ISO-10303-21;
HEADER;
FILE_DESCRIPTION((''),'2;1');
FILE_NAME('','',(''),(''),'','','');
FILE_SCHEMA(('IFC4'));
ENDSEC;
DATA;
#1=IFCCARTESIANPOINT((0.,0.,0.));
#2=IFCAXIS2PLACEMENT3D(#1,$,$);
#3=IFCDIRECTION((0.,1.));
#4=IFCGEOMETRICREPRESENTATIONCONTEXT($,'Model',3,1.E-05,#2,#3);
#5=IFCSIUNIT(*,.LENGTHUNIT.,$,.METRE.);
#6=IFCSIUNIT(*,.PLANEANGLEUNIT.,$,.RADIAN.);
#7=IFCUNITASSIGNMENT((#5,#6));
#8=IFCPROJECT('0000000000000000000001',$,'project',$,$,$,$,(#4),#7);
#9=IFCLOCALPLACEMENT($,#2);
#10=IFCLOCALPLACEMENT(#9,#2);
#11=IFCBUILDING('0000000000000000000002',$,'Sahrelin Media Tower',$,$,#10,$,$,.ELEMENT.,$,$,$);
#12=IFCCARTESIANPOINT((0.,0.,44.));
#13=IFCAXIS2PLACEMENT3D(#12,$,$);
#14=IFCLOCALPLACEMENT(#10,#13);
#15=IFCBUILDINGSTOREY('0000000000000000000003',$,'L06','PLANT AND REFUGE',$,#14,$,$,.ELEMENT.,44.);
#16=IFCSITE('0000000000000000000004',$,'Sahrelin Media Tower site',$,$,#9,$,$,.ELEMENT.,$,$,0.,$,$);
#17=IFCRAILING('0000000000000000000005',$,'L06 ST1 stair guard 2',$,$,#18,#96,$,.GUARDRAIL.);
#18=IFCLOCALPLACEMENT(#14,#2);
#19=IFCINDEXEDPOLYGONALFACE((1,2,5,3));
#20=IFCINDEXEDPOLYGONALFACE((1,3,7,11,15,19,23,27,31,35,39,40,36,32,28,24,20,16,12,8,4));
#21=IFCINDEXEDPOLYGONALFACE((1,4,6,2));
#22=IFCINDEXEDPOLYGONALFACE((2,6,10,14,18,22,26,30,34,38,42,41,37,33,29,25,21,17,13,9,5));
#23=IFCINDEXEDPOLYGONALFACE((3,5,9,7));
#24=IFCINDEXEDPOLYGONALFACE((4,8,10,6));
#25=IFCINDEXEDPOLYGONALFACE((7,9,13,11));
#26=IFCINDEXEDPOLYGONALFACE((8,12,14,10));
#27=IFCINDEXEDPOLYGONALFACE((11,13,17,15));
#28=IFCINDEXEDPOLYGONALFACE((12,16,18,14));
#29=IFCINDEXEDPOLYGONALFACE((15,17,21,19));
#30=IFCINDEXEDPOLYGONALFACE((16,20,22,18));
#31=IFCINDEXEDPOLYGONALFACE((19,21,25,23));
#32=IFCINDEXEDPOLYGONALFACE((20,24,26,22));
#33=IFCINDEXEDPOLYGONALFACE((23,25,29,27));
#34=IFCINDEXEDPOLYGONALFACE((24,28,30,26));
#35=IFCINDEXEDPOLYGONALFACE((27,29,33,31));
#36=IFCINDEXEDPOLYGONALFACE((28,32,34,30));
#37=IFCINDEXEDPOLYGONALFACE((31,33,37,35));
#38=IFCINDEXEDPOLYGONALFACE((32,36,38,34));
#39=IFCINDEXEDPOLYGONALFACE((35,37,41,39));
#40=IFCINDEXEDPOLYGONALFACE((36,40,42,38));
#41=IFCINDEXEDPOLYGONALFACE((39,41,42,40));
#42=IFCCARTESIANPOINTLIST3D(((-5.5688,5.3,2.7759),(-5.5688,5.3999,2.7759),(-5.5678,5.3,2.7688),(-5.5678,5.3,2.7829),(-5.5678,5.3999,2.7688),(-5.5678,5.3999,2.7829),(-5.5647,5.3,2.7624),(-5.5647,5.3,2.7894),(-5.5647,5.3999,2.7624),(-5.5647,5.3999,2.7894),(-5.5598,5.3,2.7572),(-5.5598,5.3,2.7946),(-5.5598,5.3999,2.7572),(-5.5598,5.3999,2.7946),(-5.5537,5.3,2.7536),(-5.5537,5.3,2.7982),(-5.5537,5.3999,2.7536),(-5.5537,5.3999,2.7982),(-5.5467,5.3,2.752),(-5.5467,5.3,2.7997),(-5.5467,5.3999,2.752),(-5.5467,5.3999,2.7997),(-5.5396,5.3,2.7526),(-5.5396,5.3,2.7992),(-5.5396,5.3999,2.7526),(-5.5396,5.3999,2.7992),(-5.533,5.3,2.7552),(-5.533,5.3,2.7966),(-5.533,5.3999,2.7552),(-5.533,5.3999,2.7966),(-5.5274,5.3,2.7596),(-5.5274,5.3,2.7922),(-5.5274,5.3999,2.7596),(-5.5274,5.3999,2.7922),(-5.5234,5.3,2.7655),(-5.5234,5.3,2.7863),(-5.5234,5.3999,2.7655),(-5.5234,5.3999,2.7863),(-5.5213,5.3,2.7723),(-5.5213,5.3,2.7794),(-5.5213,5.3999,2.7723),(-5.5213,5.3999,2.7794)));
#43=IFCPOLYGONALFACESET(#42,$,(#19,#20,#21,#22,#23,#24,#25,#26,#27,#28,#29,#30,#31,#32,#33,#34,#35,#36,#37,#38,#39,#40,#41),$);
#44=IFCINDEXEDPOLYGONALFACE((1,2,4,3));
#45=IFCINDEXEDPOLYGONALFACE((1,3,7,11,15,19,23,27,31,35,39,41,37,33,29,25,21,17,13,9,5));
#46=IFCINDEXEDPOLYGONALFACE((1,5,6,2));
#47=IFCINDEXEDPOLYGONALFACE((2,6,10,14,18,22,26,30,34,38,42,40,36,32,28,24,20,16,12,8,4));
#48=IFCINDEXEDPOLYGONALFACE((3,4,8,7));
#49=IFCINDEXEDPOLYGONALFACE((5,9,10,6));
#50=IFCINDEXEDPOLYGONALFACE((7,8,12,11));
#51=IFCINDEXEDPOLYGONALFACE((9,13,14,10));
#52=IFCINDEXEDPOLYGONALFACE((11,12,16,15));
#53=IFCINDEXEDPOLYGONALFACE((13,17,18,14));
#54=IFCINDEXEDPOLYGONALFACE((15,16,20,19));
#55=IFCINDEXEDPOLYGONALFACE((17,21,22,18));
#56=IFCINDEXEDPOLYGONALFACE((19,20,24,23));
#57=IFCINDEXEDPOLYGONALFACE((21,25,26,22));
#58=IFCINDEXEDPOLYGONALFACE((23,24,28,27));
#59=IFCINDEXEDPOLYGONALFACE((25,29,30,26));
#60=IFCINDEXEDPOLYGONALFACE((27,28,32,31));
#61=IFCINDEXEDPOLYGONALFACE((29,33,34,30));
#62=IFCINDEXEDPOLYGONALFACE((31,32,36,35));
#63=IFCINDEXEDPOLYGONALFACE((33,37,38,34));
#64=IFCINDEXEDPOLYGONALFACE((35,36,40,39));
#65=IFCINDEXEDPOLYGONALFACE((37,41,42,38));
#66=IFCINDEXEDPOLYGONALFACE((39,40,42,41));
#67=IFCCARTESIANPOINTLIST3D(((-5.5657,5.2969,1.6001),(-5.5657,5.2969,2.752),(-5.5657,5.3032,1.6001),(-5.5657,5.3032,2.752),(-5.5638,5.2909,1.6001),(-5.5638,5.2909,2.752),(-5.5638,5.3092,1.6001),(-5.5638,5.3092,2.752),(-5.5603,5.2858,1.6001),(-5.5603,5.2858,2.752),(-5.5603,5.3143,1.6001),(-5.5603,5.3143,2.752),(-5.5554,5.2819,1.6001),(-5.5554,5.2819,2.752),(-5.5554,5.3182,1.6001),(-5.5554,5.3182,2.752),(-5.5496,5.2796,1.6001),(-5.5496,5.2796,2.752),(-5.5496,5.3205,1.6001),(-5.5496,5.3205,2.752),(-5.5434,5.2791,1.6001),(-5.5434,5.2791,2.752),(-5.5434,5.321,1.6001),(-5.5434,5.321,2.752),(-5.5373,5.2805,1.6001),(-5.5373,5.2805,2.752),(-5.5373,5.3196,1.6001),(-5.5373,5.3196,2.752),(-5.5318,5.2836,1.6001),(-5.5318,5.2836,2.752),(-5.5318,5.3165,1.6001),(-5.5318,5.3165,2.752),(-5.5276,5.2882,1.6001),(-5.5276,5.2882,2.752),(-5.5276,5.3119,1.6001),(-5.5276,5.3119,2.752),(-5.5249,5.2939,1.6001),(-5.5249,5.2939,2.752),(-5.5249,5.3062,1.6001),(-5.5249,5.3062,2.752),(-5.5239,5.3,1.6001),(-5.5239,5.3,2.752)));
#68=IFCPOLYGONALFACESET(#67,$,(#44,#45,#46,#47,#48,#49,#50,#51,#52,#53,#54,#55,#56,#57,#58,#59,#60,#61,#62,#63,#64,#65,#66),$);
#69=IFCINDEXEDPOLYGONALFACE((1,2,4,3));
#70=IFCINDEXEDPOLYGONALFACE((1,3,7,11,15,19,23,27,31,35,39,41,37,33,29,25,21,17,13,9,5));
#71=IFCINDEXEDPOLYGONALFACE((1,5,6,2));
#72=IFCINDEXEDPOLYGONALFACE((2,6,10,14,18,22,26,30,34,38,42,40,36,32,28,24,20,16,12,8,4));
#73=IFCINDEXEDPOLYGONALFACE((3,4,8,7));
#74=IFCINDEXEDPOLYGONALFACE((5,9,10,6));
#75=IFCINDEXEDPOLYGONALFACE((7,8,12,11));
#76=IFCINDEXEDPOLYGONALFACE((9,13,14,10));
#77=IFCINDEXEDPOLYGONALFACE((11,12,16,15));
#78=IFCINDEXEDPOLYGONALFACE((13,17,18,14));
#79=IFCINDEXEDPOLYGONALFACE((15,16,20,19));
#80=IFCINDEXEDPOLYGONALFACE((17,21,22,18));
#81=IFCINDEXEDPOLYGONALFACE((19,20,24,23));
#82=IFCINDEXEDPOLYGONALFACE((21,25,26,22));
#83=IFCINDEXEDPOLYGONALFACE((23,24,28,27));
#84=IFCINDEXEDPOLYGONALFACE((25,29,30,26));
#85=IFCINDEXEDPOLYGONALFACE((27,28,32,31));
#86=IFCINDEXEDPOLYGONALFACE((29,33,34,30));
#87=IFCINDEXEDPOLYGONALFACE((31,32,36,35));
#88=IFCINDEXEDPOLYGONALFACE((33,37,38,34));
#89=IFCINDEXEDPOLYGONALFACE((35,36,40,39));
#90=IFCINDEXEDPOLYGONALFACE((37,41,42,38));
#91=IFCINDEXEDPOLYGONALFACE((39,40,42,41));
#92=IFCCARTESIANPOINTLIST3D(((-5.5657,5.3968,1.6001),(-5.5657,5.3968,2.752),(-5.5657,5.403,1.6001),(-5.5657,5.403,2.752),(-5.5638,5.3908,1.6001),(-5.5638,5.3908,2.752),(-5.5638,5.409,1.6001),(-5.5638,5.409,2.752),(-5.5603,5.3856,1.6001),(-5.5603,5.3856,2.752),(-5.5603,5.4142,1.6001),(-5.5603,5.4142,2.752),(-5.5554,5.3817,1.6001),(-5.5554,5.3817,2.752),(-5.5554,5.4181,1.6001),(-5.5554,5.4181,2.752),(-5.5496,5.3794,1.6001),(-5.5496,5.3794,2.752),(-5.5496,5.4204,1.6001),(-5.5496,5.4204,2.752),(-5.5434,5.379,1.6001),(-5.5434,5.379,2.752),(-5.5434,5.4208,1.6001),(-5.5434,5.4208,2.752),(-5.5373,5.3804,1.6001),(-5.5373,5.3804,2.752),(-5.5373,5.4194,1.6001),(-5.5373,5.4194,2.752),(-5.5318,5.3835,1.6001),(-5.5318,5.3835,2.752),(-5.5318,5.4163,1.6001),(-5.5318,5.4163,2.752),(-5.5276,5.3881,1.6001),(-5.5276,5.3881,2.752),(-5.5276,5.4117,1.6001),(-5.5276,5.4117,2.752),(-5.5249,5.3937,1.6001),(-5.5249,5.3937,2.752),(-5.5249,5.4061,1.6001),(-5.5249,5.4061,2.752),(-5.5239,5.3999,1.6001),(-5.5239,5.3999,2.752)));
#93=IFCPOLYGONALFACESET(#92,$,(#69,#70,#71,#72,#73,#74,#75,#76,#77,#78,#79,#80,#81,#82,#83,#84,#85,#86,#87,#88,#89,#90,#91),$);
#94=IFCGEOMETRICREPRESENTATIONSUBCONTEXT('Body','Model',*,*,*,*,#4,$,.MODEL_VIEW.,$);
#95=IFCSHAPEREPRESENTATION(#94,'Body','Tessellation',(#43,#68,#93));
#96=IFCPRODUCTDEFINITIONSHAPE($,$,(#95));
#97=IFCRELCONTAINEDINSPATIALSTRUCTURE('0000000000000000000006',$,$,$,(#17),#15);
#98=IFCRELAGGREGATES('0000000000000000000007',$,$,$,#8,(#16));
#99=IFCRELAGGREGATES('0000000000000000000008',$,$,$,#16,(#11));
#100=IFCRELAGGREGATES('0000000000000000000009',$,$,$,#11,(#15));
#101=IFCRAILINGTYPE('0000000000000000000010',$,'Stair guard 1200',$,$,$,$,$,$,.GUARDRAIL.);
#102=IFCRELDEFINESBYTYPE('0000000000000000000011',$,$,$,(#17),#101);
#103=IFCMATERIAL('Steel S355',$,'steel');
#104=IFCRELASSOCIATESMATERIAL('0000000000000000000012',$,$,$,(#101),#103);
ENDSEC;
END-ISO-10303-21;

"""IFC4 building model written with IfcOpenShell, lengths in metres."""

from ifc_helpers import new_model, si_unit, direction, frame, origin, origin_2d, place, context, subcontext, project, spatial, circle, extrude, material, type_object, element, save


model = new_model("IFC4")

# Units and contexts
model_context = context("Model", 3, precision=1e-05, world=origin(), true_north=direction((0.0, 1.0)))
body_context = subcontext(model_context, "Body", "Model", "MODEL_VIEW")
ifc_project = project(units=[si_unit("LENGTHUNIT", "METRE"), si_unit("PLANEANGLEUNIT", "RADIAN")], contexts=[model_context])

# Site, building, storey
site_placement = place(None, origin())
site = spatial("IfcSite", under=ifc_project, at=site_placement, Name="Sahrelin Media Tower site", CompositionType="ELEMENT", RefElevation=0.0)
building_placement = place(site_placement, origin())
building = spatial("IfcBuilding", under=site, at=building_placement, Name="Sahrelin Media Tower", CompositionType="ELEMENT")
storey_placement = place(building_placement, frame((0.0, 0.0, 44.0)))
storey = spatial("IfcBuildingStorey", under=building, at=storey_placement, Name="L06", Description="PLANT AND REFUGE", CompositionType="ELEMENT", Elevation=44.0)

# Railing
ifc_material_1 = material(Name="Steel S355", Category="steel")
railing_type_1 = type_object("IfcRailingType", Name="Stair guard 1200", PredefinedType="GUARDRAIL", material=ifc_material_1)
railing_1_placement = place(storey_placement, frame((-5.5449, 5.3, 1.6001)))
element("IfcRailing", 1, at=railing_1_placement, inside=storey, type_object=railing_type_1, Name="L06 ST1 stair guard 2", PredefinedType="GUARDRAIL", context=body_context, shape_type="SweptSolid", body=[
    extrude(circle(Radius=0.0239, at=origin_2d()), frame((0.0, 0.0, 1.1758), z_axis=(0.0, 1.0, 0.0), x_axis=(-1.0, 0.0, 0.0)), (0.0, 0.0, 1.0), 0.0999),
    extrude(circle(Radius=0.021, at=origin_2d()), origin(), (0.0, 0.0, 1.0), 1.1519),
    extrude(circle(Radius=0.021, at=origin_2d()), frame((0.0, 0.0999, 0.0)), (0.0, 0.0, 1.0), 1.1519),
])

save(model, "model.ifc")
